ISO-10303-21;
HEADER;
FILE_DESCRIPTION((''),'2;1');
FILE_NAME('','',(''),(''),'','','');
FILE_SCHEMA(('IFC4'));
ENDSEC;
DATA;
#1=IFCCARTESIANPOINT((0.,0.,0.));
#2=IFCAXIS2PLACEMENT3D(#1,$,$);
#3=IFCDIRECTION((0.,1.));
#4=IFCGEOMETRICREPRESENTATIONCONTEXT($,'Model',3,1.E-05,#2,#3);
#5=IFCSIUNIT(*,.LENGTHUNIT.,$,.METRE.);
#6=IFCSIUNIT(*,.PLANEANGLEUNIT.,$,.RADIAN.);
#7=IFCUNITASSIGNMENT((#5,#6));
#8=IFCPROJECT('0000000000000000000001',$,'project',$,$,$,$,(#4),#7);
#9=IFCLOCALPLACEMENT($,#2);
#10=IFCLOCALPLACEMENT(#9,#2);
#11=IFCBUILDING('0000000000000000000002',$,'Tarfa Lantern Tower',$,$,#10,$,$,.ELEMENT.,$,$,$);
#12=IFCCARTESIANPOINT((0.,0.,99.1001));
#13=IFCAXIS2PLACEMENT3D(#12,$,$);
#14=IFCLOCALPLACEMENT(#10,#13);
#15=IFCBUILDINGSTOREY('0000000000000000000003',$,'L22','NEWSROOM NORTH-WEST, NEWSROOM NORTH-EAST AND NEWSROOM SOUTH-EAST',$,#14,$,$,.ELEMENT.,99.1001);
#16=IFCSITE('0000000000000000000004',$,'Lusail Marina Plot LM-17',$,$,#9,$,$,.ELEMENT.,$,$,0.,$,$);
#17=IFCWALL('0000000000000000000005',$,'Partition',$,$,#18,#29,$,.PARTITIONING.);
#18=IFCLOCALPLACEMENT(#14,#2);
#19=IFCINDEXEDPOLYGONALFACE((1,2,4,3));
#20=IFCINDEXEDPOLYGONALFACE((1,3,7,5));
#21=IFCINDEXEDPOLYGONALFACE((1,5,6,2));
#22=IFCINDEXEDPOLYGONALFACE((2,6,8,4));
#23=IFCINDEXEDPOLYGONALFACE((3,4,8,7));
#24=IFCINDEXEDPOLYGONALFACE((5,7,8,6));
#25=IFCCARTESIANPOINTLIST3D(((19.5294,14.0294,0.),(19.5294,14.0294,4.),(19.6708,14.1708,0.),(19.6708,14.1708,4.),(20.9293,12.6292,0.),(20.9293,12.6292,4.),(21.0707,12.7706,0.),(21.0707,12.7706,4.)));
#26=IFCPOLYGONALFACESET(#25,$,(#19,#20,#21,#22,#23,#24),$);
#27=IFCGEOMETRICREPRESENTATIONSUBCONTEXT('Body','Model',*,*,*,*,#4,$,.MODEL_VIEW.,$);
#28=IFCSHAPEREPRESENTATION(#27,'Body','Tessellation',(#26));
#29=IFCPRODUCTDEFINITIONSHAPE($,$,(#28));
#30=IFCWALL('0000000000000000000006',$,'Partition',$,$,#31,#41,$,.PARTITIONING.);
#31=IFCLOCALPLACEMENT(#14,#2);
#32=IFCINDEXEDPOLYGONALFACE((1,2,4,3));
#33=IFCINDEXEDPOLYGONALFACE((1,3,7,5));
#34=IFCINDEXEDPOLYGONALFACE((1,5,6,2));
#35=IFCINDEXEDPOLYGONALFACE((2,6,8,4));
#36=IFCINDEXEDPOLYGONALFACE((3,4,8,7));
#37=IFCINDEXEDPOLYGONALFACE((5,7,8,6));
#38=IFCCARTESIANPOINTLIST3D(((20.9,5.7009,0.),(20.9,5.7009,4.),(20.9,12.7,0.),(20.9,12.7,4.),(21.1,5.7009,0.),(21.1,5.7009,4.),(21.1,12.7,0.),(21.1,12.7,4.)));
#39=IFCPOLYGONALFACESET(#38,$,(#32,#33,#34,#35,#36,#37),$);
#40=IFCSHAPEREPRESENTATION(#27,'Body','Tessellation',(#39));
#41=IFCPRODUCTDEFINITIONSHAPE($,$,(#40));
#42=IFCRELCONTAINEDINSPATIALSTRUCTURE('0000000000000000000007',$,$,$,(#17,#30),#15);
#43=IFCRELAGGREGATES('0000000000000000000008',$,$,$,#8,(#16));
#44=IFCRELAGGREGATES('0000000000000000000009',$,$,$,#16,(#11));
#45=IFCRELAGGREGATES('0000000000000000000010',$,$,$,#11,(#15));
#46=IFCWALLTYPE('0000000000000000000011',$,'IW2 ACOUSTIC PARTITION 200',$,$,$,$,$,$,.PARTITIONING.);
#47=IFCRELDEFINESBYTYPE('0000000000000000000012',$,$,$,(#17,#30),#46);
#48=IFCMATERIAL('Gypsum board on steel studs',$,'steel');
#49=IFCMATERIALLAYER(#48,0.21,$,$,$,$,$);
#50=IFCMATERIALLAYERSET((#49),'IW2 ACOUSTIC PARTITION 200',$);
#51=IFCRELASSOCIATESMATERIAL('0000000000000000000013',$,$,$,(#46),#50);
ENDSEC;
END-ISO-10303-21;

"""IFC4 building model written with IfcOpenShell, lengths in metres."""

from ifc_helpers import new_model, si_unit, direction, frame, frame_2d, origin, place, context, subcontext, project, spatial, rectangle, extrude, material, layer, layer_set, type_object, element, save


model = new_model("IFC4")

# Units and contexts
model_context = context("Model", 3, precision=1e-05, world=origin(), true_north=direction((0.0, 1.0)))
body_context = subcontext(model_context, "Body", "Model", "MODEL_VIEW")
ifc_project = project(units=[si_unit("LENGTHUNIT", "METRE"), si_unit("PLANEANGLEUNIT", "RADIAN")], contexts=[model_context])

# Site, building, storey
site_placement = place(None, origin())
site = spatial("IfcSite", under=ifc_project, at=site_placement, Name="Lusail Marina Plot LM-17", CompositionType="ELEMENT", RefElevation=0.0)
building_placement = place(site_placement, origin())
building = spatial("IfcBuilding", under=site, at=building_placement, Name="Tarfa Lantern Tower", CompositionType="ELEMENT")
storey_placement = place(building_placement, frame((0.0, 0.0, 99.1001)))
storey = spatial("IfcBuildingStorey", under=building, at=storey_placement, Name="L22", Description="NEWSROOM NORTH-WEST, NEWSROOM NORTH-EAST AND NEWSROOM SOUTH-EAST", CompositionType="ELEMENT", Elevation=99.1001)

# Walls
ifc_material_1 = material(Name="Gypsum board on steel studs", Category="steel")
ifc_layer_1 = layer(ifc_material_1, 0.21)
ifc_layer_set_1 = layer_set([ifc_layer_1], Name="IW2 ACOUSTIC PARTITION 200")
wall_type_1 = type_object("IfcWallType", Name="IW2 ACOUSTIC PARTITION 200", PredefinedType="PARTITIONING", material=ifc_layer_set_1)
wall_1_placement = place(storey_placement, frame((19.6001, 14.1001, 0.0), z_axis=(0.0, 0.0, 1.0), x_axis=(0.707045, -0.707168, 0.0)))
element("IfcWall", 1, at=wall_1_placement, inside=storey, type_object=wall_type_1, Name="Partition", PredefinedType="PARTITIONING", context=body_context, shape_type="SweptSolid", body=[
    extrude(rectangle(XDim=1.98, YDim=0.2, at=frame_2d((0.99, 0.0))), origin(), (0.0, 0.0, 1.0), 4.0),
])
wall_2_placement = place(storey_placement, frame((21.0, 12.7, 0.0), z_axis=(0.0, 0.0, 1.0), x_axis=(0.0, -1.0, 0.0)))
element("IfcWall", 2, at=wall_2_placement, inside=storey, type_object=wall_type_1, Name="Partition", PredefinedType="PARTITIONING", context=body_context, shape_type="SweptSolid", body=[
    extrude(rectangle(XDim=6.999, YDim=0.2, at=frame_2d((3.4995, 0.0))), origin(), (0.0, 0.0, 1.0), 4.0),
])

save(model, "model.ifc")
